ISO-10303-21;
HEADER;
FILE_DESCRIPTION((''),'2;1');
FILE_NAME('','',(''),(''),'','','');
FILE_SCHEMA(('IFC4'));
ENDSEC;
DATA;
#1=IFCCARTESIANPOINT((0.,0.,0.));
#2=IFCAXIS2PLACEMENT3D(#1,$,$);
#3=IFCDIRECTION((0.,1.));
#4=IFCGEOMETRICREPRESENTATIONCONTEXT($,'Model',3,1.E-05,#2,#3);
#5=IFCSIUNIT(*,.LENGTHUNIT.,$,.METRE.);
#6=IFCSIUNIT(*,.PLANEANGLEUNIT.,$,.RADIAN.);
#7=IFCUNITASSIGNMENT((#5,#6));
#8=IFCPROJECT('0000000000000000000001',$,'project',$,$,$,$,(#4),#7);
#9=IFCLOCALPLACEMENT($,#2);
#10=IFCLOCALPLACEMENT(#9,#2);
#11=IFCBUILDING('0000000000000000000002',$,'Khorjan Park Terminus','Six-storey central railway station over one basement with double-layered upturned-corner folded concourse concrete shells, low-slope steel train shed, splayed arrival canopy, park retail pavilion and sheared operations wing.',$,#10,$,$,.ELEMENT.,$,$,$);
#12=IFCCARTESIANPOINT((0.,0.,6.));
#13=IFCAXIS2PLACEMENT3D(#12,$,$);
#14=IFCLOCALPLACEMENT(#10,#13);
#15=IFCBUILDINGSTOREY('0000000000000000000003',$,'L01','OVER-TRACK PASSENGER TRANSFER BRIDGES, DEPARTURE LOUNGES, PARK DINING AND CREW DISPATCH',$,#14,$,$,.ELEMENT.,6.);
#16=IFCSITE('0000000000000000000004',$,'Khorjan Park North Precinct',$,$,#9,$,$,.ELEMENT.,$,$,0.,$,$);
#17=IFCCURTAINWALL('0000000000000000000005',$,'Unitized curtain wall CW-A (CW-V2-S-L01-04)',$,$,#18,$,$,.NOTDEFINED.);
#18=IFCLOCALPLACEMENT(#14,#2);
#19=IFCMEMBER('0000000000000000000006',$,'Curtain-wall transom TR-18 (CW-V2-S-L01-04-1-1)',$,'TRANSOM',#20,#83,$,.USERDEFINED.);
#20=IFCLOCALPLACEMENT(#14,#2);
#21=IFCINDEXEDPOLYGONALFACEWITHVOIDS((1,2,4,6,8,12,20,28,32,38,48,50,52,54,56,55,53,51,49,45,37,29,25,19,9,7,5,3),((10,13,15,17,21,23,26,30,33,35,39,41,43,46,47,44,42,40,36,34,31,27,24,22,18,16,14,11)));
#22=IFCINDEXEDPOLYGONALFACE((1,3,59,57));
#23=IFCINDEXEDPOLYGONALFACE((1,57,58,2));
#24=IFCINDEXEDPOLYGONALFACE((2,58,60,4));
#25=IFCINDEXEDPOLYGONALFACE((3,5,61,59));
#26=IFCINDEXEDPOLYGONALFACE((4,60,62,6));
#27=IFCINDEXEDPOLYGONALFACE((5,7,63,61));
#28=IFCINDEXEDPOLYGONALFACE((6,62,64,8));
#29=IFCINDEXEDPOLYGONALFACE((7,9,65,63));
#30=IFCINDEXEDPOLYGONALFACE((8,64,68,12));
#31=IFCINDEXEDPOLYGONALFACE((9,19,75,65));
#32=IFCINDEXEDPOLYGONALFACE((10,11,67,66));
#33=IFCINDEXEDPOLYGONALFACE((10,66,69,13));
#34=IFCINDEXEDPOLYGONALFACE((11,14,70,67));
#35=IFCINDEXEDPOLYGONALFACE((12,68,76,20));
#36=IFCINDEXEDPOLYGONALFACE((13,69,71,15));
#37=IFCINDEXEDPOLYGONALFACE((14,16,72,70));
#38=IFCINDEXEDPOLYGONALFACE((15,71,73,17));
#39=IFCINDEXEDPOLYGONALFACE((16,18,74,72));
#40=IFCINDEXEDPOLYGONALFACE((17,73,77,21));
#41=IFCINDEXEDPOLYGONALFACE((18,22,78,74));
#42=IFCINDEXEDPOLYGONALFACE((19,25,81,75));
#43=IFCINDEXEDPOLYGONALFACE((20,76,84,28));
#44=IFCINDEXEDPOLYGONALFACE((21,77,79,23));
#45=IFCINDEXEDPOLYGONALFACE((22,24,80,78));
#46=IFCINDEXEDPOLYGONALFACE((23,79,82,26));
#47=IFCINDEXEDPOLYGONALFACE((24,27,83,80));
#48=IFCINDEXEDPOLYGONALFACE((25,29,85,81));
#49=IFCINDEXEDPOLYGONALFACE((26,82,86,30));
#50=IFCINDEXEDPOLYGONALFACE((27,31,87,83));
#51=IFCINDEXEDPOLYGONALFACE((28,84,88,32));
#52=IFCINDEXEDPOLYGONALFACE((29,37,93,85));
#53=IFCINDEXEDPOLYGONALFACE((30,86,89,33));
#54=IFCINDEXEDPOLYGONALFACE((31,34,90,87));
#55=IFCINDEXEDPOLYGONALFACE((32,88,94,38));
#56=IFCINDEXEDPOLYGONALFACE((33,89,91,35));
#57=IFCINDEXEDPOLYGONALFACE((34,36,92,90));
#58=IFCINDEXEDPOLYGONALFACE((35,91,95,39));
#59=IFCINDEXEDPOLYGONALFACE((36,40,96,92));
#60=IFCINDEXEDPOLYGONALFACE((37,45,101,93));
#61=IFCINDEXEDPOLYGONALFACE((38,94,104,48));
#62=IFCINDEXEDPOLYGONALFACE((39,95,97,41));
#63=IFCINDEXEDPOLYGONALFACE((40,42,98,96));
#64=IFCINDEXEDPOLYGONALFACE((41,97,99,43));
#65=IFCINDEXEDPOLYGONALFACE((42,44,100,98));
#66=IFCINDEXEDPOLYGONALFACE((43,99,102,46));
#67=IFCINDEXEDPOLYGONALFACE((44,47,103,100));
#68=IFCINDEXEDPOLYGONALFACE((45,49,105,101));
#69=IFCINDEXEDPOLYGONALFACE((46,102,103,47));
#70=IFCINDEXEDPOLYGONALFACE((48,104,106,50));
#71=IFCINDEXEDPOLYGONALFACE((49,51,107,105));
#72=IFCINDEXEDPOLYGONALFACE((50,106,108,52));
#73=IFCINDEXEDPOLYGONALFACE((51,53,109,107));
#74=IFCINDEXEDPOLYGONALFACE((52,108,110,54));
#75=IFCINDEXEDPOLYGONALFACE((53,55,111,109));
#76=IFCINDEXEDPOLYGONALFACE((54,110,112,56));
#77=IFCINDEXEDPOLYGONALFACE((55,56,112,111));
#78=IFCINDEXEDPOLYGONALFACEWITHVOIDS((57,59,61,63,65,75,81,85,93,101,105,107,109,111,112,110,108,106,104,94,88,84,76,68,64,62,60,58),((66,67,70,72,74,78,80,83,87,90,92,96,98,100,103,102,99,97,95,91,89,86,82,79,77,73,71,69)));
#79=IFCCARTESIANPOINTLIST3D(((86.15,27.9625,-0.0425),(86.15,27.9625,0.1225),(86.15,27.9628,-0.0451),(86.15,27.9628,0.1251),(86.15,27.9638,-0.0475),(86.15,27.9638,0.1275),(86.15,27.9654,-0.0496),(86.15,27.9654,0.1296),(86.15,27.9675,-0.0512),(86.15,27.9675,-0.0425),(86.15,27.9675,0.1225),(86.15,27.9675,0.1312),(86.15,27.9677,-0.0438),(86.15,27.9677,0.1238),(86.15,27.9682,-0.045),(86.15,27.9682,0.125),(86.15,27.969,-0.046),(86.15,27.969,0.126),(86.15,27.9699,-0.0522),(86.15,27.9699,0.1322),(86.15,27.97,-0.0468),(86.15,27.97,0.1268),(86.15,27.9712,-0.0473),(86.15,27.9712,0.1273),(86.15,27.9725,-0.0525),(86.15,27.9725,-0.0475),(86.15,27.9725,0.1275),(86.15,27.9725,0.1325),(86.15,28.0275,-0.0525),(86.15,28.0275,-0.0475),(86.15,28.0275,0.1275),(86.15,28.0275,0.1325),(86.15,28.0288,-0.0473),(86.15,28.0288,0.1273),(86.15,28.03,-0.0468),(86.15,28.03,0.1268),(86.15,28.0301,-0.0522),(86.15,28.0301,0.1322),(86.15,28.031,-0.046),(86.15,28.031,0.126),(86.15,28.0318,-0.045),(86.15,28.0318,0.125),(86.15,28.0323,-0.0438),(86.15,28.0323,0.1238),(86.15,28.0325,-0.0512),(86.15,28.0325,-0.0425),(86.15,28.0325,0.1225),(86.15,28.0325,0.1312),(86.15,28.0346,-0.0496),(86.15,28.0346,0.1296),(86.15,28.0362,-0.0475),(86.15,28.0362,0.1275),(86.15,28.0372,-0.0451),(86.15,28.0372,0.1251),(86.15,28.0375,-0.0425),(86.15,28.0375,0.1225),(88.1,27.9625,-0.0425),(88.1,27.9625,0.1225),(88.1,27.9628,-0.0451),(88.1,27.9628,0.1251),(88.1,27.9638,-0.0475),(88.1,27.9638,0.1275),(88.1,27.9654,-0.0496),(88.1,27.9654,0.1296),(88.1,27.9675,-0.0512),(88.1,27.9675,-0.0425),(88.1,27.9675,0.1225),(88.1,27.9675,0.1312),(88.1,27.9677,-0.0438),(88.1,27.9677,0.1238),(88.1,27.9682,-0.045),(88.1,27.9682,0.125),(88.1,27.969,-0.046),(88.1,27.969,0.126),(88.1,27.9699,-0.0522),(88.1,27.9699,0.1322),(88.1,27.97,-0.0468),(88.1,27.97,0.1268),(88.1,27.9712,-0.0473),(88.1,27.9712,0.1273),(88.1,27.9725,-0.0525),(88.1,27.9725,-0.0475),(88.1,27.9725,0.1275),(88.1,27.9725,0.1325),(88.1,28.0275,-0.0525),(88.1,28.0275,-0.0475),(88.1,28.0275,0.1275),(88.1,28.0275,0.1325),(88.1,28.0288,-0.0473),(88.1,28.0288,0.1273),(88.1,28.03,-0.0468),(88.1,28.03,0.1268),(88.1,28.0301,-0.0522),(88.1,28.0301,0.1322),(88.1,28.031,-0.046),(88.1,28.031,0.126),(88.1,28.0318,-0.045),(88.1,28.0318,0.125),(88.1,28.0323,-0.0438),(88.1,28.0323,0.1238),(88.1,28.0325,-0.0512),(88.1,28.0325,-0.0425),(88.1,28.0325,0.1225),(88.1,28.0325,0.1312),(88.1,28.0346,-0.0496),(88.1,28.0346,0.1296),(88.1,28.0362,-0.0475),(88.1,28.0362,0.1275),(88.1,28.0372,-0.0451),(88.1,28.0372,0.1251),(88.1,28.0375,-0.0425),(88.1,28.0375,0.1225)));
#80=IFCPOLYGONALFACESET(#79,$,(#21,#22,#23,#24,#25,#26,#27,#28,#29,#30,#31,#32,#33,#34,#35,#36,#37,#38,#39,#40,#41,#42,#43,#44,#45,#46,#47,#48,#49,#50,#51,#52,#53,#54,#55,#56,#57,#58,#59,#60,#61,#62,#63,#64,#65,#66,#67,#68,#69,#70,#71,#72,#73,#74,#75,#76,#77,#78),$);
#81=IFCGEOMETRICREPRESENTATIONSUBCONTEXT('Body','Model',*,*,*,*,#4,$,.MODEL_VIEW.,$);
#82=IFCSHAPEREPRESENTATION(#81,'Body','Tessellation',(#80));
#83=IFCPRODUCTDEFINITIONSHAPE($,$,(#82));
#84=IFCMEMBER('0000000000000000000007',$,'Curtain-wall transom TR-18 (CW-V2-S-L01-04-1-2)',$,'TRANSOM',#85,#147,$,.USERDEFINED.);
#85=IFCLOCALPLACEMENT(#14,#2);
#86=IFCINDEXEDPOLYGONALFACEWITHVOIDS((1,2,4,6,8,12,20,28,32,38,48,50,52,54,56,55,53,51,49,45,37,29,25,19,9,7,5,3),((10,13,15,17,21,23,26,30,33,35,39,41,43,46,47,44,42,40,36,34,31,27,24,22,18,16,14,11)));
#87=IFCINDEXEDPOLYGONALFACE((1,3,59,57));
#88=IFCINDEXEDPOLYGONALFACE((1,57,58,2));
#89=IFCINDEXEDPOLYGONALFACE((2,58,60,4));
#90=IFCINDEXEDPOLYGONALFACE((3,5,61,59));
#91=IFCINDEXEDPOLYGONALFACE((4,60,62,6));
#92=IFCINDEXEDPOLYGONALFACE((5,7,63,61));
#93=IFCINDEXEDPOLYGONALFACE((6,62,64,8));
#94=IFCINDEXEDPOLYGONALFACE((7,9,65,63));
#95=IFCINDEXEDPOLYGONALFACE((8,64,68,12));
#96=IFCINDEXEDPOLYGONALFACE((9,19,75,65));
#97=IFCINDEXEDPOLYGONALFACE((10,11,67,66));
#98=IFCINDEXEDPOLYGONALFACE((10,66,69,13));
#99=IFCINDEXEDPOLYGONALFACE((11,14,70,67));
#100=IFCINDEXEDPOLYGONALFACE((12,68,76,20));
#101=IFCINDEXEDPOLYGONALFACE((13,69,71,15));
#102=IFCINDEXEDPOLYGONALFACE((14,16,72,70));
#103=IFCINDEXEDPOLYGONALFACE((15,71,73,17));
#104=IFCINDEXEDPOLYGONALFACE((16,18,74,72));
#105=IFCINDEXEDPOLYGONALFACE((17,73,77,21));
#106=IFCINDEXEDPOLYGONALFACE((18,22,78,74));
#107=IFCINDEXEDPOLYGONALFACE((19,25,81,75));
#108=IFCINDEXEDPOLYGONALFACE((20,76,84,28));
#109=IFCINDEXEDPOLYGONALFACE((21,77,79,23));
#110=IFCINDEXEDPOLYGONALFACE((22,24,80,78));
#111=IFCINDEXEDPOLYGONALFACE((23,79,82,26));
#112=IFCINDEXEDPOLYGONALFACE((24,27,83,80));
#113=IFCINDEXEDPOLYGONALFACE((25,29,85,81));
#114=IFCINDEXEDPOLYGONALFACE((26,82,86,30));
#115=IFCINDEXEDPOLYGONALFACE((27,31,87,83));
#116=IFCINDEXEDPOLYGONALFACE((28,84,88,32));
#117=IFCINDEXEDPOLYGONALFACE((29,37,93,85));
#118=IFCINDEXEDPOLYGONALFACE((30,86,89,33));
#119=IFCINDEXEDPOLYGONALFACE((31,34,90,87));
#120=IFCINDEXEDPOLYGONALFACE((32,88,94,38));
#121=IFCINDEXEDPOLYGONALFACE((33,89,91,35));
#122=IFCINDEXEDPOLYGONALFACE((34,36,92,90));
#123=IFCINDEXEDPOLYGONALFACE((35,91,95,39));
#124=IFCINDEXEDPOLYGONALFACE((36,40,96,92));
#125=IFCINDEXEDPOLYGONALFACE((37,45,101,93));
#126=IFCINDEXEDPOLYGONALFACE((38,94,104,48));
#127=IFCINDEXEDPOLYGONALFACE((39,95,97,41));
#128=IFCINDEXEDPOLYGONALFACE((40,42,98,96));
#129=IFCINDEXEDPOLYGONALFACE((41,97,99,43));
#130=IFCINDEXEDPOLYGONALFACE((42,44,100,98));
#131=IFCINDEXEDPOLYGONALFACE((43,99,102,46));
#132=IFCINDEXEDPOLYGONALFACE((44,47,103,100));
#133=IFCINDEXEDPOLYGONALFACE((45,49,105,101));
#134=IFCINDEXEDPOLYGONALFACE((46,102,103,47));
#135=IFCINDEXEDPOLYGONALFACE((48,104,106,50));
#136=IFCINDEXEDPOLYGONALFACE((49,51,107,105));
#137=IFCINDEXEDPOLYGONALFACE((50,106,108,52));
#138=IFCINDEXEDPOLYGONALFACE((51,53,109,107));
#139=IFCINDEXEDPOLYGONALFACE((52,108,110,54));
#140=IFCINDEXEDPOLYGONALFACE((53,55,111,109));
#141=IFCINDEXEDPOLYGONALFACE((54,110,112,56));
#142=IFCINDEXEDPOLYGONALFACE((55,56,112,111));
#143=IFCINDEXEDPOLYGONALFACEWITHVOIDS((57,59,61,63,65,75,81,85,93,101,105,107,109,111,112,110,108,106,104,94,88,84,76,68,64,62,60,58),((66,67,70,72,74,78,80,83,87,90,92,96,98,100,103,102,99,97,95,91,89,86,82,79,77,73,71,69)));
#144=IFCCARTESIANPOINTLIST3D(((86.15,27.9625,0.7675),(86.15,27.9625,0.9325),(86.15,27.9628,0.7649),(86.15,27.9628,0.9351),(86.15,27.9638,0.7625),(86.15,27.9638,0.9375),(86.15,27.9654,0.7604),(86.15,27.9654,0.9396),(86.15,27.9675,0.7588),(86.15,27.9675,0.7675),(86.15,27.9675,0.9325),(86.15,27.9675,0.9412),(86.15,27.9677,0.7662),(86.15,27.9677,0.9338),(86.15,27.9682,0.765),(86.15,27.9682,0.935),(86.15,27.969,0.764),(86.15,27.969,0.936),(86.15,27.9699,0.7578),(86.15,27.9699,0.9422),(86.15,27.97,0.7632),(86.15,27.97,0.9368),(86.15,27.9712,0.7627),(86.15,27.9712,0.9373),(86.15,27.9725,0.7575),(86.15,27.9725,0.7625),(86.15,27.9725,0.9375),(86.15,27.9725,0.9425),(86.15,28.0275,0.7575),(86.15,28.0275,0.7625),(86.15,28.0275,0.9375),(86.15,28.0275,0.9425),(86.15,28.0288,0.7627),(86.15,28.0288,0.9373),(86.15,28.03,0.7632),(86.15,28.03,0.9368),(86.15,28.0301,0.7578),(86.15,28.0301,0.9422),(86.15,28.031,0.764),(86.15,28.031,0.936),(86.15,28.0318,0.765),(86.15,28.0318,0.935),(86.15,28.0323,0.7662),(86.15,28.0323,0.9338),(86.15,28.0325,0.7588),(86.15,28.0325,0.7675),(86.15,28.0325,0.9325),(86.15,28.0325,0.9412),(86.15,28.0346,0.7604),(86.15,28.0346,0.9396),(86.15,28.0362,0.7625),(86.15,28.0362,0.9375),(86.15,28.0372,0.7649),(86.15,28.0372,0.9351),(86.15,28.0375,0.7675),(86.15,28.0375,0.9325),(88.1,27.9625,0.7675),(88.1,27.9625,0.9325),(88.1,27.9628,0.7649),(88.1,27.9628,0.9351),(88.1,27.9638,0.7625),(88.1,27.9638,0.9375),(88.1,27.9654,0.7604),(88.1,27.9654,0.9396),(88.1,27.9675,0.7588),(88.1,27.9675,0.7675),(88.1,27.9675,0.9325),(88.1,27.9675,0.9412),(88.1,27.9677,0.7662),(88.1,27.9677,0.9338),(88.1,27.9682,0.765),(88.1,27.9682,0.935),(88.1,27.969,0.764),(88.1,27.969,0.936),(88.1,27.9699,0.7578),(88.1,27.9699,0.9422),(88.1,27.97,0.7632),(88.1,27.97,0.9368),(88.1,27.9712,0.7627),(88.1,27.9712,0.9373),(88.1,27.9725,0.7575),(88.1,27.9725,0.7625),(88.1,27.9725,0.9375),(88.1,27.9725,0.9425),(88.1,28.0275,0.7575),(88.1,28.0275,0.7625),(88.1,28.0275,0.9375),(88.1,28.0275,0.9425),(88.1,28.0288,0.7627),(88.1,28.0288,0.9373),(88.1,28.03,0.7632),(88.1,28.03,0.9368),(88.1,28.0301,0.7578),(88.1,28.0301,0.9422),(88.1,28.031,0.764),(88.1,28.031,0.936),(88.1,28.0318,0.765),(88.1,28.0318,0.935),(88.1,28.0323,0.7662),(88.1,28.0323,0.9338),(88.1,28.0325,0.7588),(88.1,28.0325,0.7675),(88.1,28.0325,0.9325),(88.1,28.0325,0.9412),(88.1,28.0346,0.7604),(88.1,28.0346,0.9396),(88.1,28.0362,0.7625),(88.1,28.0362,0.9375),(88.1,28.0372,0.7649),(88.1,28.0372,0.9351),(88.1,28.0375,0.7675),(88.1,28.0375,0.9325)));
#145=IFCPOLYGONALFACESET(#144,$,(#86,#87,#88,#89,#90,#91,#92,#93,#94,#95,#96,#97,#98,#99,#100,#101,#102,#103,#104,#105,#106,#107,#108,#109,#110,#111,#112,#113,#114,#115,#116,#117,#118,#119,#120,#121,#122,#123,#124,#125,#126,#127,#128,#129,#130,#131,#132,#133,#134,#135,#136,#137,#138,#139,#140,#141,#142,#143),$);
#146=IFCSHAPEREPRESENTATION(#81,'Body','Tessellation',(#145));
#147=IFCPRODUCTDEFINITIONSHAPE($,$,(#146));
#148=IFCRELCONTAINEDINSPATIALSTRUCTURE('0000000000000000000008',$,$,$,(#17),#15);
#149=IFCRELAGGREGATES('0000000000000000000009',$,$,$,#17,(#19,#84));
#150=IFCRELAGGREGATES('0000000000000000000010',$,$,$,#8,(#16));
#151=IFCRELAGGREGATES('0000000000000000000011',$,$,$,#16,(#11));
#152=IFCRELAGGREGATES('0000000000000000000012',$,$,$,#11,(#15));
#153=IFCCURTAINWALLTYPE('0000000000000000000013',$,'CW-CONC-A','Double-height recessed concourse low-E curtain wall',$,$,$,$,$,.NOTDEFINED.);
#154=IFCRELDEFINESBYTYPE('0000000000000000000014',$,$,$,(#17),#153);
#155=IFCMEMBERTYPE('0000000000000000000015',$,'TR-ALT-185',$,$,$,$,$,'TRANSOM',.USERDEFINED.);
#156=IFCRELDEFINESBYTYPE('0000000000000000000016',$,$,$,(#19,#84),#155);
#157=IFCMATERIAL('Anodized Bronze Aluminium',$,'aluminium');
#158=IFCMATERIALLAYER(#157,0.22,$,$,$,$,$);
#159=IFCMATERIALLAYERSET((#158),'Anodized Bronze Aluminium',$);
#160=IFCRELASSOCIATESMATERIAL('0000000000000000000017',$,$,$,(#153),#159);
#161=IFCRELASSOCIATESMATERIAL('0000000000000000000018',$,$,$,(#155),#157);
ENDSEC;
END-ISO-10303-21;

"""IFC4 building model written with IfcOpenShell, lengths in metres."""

from ifc_helpers import new_model, si_unit, direction, frame, origin, origin_2d, place, context, subcontext, project, spatial, hollow_rectangle, extrude, material, layer, layer_set, material_profile, profile_set, type_object, element, aggregate, save


model = new_model("IFC4")

# Units and contexts
model_context = context("Model", 3, precision=1e-05, world=origin(), true_north=direction((0.0, 1.0)))
body_context = subcontext(model_context, "Body", "Model", "MODEL_VIEW")
ifc_project = project(units=[si_unit("LENGTHUNIT", "METRE"), si_unit("PLANEANGLEUNIT", "RADIAN")], contexts=[model_context])

# Site, building, storey
site_placement = place(None, origin())
site = spatial("IfcSite", under=ifc_project, at=site_placement, Name="Khorjan Park North Precinct", CompositionType="ELEMENT", RefElevation=0.0)
building_placement = place(site_placement, origin())
building = spatial("IfcBuilding", under=site, at=building_placement, Name="Khorjan Park Terminus", Description="Six-storey central railway station over one basement with double-layered upturned-corner folded concourse concrete shells, low-slope steel train shed, splayed arrival canopy, park retail pavilion and sheared operations wing.", CompositionType="ELEMENT")
storey_placement = place(building_placement, frame((0.0, 0.0, 6.0)))
storey = spatial("IfcBuildingStorey", under=building, at=storey_placement, Name="L01", Description="OVER-TRACK PASSENGER TRANSFER BRIDGES, DEPARTURE LOUNGES, PARK DINING AND CREW DISPATCH", CompositionType="ELEMENT", Elevation=6.0)

# Shared definitions
ifc_material_1 = material(Name="Anodized Bronze Aluminium", Category="aluminium")
ifc_layer_1 = layer(ifc_material_1, 0.22)
ifc_layer_set_1 = layer_set([ifc_layer_1], Name="Anodized Bronze Aluminium")
curtain_wall_type = type_object("IfcCurtainWallType", Name="CW-CONC-A", Description="Double-height recessed concourse low-E curtain wall", PredefinedType="NOTDEFINED", material=ifc_layer_set_1)

# Curtain wall
curtain_wall_1_placement = place(storey_placement, origin())
curtain_wall_1 = element("IfcCurtainWall", 1, at=curtain_wall_1_placement, inside=storey, type_object=curtain_wall_type, Name="Unitized curtain wall CW-A (CW-V2-S-L01-04)", PredefinedType="NOTDEFINED")

# Members
ifc_material_profile_1 = material_profile(ifc_material_1, hollow_rectangle(XDim=0.075, YDim=0.185, WallThickness=0.005, InnerFilletRadius=0.005, OuterFilletRadius=0.01, at=origin_2d()), Name="ALT 75x185x5")
ifc_profile_set_1 = profile_set([ifc_material_profile_1], Name="Anodized Bronze Aluminium")
member_type_1 = type_object("IfcMemberType", Name="TR-ALT-185", ElementType="TRANSOM", PredefinedType="USERDEFINED", material=ifc_profile_set_1)
member_1_placement = place(storey_placement, frame((86.15, 28.0, 0.04), z_axis=(1.0, 0.0, 0.0), x_axis=(0.0, 1.0, 0.0)))
member_1 = element("IfcMember", 2, at=member_1_placement, type_object=member_type_1, Name="Curtain-wall transom TR-18 (CW-V2-S-L01-04-1-1)", ObjectType="TRANSOM", PredefinedType="USERDEFINED", context=body_context, shape_type="SweptSolid", body=[
    extrude(hollow_rectangle(XDim=0.075, YDim=0.185, WallThickness=0.005, InnerFilletRadius=0.005, OuterFilletRadius=0.01, at=origin_2d()), origin(), (0.0, 0.0, 1.0), 1.95),
])
member_2_placement = place(storey_placement, frame((86.15, 28.0, 0.85), z_axis=(1.0, 0.0, 0.0), x_axis=(0.0, 1.0, 0.0)))
member_2 = element("IfcMember", 3, at=member_2_placement, type_object=member_type_1, Name="Curtain-wall transom TR-18 (CW-V2-S-L01-04-1-2)", ObjectType="TRANSOM", PredefinedType="USERDEFINED", context=body_context, shape_type="SweptSolid", body=[
    extrude(hollow_rectangle(XDim=0.075, YDim=0.185, WallThickness=0.005, InnerFilletRadius=0.005, OuterFilletRadius=0.01, at=origin_2d()), origin(), (0.0, 0.0, 1.0), 1.95),
])

aggregate(curtain_wall_1, [member_1, member_2])

save(model, "model.ifc")
